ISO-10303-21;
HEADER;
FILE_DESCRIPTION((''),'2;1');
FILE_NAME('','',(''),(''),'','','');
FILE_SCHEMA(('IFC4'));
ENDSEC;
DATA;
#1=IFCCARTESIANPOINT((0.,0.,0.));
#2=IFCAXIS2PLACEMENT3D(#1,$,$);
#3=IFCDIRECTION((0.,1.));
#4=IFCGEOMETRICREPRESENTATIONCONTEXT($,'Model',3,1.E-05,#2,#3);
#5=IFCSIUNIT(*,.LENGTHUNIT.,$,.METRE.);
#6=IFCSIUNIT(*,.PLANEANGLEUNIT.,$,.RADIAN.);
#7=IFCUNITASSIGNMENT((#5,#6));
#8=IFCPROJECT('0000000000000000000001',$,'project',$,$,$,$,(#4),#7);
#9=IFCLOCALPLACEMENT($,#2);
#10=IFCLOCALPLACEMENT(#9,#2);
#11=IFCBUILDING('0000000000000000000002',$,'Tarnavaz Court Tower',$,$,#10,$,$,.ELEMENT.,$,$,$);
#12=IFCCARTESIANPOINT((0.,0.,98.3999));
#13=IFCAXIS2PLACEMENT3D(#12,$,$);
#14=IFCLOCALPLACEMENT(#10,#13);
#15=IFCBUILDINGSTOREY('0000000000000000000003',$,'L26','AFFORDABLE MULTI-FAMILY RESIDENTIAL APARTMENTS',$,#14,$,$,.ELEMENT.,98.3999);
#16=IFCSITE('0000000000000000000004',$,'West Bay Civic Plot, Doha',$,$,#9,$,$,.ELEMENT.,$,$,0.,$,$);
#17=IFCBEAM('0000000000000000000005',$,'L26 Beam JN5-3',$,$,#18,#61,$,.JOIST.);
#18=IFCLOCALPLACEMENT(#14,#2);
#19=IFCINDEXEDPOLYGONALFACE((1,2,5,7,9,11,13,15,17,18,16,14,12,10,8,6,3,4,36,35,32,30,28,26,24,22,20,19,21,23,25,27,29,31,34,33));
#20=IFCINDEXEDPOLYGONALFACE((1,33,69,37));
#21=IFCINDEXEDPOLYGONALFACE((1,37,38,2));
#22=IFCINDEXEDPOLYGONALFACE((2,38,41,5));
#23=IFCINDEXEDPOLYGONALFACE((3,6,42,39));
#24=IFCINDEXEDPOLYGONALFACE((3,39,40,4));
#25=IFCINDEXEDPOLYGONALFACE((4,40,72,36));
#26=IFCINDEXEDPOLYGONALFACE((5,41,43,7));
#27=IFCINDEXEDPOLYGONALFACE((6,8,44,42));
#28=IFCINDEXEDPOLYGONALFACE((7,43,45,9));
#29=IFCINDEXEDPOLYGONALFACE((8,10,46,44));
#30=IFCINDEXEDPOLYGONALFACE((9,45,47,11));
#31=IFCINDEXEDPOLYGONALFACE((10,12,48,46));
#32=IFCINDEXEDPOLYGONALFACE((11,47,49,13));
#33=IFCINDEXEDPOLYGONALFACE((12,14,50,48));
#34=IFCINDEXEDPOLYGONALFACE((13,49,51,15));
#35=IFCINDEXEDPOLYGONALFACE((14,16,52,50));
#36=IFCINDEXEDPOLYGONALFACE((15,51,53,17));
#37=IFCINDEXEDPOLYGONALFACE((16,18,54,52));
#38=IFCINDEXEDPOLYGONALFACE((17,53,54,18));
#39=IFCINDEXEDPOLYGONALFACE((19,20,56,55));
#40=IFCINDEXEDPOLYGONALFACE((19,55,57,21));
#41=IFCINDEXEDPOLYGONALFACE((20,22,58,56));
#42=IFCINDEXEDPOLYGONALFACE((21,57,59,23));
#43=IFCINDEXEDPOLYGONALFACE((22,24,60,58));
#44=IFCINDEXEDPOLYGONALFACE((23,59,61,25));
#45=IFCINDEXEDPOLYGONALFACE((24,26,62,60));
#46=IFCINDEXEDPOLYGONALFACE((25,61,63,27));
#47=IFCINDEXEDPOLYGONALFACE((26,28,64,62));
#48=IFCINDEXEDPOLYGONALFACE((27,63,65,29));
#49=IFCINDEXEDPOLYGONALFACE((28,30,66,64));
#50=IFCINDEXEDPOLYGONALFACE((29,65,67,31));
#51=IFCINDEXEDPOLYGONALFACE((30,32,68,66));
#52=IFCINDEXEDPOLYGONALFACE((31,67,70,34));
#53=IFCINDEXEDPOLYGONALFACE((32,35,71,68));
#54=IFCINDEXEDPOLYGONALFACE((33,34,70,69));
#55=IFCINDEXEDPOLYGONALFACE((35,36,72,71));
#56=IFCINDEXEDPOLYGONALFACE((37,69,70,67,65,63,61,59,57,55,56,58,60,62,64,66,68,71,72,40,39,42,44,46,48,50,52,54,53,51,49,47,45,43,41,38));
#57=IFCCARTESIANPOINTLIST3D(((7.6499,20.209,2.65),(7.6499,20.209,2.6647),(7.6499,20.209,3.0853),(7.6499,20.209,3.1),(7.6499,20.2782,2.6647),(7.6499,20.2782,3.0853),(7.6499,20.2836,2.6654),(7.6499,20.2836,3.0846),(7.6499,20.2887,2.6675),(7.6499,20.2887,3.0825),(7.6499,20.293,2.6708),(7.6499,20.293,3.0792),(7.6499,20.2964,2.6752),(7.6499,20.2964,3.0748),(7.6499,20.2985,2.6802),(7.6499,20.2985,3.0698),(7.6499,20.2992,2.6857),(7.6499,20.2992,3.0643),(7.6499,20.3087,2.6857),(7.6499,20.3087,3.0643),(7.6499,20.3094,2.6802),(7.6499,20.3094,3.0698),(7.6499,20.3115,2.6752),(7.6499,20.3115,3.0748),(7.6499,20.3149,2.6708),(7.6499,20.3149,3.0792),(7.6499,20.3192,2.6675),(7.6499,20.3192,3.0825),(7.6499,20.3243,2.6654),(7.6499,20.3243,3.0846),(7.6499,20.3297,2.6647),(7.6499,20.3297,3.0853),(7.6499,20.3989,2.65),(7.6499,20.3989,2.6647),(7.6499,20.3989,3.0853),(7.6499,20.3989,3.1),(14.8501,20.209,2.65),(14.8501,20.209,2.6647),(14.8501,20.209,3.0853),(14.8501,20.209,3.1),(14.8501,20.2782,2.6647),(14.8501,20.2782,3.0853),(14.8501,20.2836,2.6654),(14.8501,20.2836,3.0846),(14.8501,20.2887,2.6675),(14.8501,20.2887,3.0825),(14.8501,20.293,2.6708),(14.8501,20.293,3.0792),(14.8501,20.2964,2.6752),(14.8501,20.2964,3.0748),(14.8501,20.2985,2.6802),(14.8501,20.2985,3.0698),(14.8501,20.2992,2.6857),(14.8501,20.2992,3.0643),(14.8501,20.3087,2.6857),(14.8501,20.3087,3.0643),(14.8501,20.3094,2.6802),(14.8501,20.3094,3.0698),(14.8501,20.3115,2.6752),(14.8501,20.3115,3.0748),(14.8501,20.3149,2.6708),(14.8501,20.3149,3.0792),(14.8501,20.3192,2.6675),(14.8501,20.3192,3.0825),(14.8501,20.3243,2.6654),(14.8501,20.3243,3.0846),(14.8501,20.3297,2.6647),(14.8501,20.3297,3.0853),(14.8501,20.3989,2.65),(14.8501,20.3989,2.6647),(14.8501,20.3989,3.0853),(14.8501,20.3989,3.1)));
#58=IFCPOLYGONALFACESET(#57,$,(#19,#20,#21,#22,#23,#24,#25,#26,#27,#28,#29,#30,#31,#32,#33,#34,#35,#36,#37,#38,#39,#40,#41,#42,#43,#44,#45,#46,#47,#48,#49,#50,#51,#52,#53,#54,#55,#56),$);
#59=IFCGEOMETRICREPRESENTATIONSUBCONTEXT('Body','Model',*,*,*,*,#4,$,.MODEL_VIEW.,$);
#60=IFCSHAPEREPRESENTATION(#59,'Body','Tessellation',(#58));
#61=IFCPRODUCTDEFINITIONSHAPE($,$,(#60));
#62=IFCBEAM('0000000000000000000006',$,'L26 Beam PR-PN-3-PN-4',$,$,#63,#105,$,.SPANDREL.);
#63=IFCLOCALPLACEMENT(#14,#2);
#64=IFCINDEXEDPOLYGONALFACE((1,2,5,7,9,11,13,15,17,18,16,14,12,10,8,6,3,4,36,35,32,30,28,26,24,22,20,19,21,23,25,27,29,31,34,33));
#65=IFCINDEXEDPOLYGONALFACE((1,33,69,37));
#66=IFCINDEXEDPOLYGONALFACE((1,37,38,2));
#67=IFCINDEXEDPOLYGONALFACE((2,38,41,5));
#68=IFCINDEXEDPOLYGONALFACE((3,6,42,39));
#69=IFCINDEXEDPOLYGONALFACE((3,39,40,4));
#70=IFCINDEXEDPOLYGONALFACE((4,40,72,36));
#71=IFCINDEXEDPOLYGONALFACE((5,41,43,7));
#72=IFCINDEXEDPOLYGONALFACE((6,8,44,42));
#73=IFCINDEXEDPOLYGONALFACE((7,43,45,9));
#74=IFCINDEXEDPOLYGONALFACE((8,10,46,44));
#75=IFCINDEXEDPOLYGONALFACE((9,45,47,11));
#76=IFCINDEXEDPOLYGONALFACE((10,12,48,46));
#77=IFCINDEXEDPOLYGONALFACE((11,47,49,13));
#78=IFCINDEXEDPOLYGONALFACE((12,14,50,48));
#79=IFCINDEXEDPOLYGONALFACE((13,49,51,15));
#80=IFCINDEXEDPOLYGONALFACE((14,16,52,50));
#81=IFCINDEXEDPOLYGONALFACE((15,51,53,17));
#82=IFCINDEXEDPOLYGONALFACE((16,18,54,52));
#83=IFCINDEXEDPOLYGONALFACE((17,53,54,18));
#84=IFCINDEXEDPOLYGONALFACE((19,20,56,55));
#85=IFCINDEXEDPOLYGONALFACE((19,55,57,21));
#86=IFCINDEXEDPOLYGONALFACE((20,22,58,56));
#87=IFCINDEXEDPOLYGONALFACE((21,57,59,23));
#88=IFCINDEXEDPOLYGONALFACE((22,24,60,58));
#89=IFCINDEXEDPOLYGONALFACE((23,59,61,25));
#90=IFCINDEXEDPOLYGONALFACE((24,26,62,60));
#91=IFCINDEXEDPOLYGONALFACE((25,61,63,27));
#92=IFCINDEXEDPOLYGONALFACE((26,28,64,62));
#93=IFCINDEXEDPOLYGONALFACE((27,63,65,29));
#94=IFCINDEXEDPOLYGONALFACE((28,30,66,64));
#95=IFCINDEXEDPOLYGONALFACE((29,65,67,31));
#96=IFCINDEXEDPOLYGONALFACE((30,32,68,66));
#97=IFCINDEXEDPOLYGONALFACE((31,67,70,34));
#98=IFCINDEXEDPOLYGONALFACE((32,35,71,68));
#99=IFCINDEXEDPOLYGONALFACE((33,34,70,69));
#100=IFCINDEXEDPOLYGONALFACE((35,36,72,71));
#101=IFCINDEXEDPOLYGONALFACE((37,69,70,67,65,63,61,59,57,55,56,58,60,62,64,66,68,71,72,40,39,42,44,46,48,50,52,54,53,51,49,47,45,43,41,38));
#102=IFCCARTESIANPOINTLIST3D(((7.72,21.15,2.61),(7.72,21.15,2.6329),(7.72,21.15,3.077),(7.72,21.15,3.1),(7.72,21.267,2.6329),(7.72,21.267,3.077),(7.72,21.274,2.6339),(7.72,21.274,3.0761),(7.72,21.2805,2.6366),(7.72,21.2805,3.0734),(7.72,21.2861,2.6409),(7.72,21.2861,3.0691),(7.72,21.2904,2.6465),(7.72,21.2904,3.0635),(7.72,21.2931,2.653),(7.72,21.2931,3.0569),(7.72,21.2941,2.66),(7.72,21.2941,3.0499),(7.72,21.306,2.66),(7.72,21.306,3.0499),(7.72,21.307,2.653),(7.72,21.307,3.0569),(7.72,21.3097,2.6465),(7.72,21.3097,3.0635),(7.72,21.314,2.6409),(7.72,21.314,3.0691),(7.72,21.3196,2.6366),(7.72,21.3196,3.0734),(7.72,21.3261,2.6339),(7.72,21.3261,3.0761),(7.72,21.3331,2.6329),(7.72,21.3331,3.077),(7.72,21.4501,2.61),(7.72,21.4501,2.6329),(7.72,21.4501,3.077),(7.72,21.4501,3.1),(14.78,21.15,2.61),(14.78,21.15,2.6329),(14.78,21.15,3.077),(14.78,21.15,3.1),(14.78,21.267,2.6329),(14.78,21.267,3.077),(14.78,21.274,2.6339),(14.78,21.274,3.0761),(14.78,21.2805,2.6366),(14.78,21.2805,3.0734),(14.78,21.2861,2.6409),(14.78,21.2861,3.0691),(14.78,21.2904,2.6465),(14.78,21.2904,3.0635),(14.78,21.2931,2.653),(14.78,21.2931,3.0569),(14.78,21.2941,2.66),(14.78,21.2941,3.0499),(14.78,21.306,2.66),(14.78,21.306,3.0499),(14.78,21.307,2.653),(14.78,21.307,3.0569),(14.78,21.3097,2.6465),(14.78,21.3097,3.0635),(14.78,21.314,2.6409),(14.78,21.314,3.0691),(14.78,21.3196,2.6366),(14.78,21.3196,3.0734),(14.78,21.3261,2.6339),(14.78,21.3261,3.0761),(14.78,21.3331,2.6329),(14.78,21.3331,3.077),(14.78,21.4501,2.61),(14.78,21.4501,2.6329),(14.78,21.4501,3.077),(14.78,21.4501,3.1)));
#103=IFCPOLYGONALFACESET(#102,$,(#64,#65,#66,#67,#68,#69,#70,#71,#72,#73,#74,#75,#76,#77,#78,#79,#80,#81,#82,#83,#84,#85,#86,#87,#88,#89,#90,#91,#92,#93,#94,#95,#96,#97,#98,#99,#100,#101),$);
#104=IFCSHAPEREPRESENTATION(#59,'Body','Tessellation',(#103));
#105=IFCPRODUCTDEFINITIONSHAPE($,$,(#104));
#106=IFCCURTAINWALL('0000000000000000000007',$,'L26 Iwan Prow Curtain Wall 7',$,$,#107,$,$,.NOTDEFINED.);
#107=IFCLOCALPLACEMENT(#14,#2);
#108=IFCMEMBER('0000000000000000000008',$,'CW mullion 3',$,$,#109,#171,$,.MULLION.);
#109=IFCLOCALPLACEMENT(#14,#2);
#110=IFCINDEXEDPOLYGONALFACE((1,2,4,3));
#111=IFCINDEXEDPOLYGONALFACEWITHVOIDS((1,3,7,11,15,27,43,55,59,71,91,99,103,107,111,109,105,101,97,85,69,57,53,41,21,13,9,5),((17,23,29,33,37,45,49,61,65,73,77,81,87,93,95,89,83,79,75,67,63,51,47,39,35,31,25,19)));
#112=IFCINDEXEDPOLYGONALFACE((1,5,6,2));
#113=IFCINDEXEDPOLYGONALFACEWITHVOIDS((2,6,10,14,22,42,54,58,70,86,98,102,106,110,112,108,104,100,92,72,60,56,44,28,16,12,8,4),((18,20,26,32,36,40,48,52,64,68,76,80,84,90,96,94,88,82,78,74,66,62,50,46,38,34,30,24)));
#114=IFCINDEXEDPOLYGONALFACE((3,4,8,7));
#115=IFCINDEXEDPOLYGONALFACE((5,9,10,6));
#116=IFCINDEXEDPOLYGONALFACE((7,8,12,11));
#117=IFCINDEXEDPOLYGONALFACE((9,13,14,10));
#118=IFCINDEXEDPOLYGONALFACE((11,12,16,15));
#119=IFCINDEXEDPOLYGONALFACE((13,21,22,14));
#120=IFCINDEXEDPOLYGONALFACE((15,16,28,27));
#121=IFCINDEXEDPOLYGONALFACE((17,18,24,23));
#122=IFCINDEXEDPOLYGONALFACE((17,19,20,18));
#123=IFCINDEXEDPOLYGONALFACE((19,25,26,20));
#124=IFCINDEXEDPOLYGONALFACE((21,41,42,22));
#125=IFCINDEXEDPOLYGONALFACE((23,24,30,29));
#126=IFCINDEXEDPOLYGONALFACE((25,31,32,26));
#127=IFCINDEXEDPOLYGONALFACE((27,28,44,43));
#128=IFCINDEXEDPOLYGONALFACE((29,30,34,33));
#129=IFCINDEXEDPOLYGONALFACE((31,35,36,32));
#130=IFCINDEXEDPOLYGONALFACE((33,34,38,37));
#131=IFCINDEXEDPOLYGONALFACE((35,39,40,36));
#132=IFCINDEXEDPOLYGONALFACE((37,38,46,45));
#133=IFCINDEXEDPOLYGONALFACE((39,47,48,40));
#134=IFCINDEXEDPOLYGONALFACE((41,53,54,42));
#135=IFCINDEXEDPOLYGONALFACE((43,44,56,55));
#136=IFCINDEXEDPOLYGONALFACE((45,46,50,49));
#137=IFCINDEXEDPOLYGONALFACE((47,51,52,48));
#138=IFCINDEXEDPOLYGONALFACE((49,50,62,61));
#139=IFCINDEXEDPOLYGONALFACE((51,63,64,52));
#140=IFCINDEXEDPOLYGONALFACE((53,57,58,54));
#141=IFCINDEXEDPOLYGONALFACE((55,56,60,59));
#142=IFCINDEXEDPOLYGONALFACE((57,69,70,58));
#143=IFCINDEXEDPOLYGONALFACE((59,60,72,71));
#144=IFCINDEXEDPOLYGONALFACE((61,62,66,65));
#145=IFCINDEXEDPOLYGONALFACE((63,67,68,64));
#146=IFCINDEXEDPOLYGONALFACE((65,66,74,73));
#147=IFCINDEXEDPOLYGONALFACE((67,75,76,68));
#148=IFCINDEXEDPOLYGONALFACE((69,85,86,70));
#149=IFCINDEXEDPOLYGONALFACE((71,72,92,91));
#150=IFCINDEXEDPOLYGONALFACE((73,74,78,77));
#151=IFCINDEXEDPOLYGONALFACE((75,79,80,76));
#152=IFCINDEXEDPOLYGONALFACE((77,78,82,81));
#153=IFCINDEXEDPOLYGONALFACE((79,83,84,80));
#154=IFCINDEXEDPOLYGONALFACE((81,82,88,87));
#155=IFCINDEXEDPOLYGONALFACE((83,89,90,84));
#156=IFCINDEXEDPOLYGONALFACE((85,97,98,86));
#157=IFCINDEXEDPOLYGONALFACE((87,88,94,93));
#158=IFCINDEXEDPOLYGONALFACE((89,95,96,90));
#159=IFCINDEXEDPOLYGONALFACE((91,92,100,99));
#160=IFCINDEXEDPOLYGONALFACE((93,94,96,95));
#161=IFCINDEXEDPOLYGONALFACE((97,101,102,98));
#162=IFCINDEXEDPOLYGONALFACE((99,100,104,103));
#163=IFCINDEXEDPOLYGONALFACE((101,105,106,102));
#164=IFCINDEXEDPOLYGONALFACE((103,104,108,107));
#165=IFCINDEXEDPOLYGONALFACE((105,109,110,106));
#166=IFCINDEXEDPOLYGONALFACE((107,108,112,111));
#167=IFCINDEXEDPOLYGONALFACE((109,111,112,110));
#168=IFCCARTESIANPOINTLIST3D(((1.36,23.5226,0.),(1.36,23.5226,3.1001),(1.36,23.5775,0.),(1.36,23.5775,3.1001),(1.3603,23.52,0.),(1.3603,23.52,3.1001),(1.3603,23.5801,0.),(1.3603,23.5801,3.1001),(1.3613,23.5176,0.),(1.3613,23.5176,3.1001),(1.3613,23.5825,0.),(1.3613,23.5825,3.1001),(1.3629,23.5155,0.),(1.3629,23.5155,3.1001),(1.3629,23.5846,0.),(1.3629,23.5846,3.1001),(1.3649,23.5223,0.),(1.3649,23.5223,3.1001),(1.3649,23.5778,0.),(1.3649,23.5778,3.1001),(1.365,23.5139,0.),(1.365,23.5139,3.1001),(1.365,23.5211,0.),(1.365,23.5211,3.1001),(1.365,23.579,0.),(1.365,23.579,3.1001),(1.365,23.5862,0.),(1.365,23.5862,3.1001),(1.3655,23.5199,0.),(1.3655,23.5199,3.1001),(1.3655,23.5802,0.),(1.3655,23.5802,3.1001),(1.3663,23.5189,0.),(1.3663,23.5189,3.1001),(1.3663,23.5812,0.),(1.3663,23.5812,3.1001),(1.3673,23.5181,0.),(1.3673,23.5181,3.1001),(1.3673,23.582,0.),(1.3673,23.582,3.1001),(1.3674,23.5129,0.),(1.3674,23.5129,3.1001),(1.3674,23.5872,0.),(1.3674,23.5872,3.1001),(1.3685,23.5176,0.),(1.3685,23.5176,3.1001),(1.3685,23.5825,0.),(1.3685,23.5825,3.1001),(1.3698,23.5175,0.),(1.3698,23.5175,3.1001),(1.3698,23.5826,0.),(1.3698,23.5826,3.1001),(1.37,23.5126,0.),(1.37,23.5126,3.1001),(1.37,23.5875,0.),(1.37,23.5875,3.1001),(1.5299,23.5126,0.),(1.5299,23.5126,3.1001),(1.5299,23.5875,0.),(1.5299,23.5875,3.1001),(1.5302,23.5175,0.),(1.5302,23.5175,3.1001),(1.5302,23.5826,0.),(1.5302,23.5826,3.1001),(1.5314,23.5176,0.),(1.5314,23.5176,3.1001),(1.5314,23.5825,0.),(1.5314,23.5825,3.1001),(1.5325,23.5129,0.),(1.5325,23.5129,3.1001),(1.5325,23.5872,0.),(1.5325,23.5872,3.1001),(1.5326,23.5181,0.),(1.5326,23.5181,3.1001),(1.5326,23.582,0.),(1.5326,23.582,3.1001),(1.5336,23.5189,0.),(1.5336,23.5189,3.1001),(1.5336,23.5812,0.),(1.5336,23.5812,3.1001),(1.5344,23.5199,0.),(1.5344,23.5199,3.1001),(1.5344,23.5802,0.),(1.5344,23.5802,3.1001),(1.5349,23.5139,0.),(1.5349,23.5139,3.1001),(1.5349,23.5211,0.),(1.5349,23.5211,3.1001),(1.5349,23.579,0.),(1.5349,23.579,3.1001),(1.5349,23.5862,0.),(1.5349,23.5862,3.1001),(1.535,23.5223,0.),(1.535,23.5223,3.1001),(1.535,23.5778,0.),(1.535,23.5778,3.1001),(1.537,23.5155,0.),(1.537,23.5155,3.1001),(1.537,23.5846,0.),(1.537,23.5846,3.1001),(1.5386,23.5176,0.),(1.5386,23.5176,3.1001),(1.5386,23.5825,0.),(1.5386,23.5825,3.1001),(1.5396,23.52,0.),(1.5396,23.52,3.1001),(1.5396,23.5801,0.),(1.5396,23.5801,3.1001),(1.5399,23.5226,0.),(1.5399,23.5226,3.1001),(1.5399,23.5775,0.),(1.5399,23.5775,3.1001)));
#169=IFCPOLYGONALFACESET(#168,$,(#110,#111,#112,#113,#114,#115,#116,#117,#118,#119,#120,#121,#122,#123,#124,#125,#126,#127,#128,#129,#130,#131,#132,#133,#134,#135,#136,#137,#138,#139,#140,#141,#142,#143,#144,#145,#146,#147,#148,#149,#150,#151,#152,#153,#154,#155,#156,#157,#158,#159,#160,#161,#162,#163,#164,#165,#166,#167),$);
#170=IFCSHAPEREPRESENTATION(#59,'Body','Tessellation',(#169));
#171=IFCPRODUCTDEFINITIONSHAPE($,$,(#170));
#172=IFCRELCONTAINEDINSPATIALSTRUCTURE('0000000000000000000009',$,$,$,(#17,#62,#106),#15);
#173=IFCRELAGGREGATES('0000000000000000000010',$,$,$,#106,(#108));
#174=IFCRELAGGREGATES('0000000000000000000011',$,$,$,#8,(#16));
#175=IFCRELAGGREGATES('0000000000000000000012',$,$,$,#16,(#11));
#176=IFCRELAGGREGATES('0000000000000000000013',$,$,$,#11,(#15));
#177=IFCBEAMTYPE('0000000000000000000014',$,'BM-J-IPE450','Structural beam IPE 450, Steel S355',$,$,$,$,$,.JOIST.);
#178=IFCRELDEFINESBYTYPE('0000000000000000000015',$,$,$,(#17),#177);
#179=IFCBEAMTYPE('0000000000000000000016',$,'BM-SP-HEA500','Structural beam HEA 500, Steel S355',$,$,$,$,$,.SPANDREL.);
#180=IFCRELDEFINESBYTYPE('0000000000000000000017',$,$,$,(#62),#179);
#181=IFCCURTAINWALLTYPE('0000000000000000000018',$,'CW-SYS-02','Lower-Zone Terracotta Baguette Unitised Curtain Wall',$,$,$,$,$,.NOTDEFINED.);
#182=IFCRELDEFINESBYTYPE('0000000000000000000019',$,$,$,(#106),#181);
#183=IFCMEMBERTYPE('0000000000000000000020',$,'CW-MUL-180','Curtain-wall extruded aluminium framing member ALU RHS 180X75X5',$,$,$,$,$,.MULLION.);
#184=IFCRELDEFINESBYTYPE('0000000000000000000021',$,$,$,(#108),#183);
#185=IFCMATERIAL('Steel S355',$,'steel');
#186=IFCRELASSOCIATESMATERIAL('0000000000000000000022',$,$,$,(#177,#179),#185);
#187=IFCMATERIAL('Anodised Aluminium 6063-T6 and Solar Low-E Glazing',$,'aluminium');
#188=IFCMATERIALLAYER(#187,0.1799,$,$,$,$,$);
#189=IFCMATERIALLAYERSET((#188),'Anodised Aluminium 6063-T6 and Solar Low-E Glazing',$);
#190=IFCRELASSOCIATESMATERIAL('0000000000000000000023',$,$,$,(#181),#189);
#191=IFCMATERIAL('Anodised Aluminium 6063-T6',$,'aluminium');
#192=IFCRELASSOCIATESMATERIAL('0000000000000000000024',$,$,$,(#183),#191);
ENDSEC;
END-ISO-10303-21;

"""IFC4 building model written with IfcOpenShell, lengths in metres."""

from ifc_helpers import new_model, si_unit, direction, frame, origin, origin_2d, place, context, subcontext, project, spatial, hollow_rectangle, i_section, extrude, material, layer, layer_set, material_profile, profile_set, type_object, element, aggregate, save


model = new_model("IFC4")

# Units and contexts
model_context = context("Model", 3, precision=1e-05, world=origin(), true_north=direction((0.0, 1.0)))
body_context = subcontext(model_context, "Body", "Model", "MODEL_VIEW")
ifc_project = project(units=[si_unit("LENGTHUNIT", "METRE"), si_unit("PLANEANGLEUNIT", "RADIAN")], contexts=[model_context])

# Site, building, storey
site_placement = place(None, origin())
site = spatial("IfcSite", under=ifc_project, at=site_placement, Name="West Bay Civic Plot, Doha", CompositionType="ELEMENT", RefElevation=0.0)
building_placement = place(site_placement, origin())
building = spatial("IfcBuilding", under=site, at=building_placement, Name="Tarnavaz Court Tower", CompositionType="ELEMENT")
storey_placement = place(building_placement, frame((0.0, 0.0, 98.3999)))
storey = spatial("IfcBuildingStorey", under=building, at=storey_placement, Name="L26", Description="AFFORDABLE MULTI-FAMILY RESIDENTIAL APARTMENTS", CompositionType="ELEMENT", Elevation=98.3999)

# Beams
ifc_material_1 = material(Name="Steel S355", Category="steel")
ifc_material_profile_1 = material_profile(ifc_material_1, i_section(OverallWidth=0.1899, OverallDepth=0.45, WebThickness=0.0095, FlangeThickness=0.0146, FilletRadius=0.021, at=origin_2d()), Name="IPE 450")
ifc_profile_set_1 = profile_set([ifc_material_profile_1], Name="Steel S355")
beam_type_1 = type_object("IfcBeamType", Name="BM-J-IPE450", Description="Structural beam IPE 450, Steel S355", PredefinedType="JOIST", material=ifc_profile_set_1)
for number, where, z_axis, x_axis, name in (
    (1, (7.6499, 20.304, 2.875), (1.0, 0.0, 0.0), (0.0, 1.0, 0.0), "L26 Beam JN5-3"),
):
    element("IfcBeam", number, at=place(storey_placement, frame(where, z_axis=z_axis, x_axis=x_axis)), inside=storey, type_object=beam_type_1, Name=name, PredefinedType="JOIST", context=body_context, shape_type="SweptSolid", body=[
        extrude(i_section(OverallWidth=0.1899, OverallDepth=0.45, WebThickness=0.0095, FlangeThickness=0.0146, FilletRadius=0.021, at=origin_2d()), origin(), (0.0, 0.0, 1.0), 7.2002),
    ])
ifc_material_profile_2 = material_profile(ifc_material_1, i_section(OverallWidth=0.3, OverallDepth=0.49, WebThickness=0.012, FlangeThickness=0.0229, FilletRadius=0.0271, at=origin_2d()), Name="HEA 500")
ifc_profile_set_2 = profile_set([ifc_material_profile_2], Name="Steel S355")
beam_type_2 = type_object("IfcBeamType", Name="BM-SP-HEA500", Description="Structural beam HEA 500, Steel S355", PredefinedType="SPANDREL", material=ifc_profile_set_2)
beam_placement = place(storey_placement, frame((7.72, 21.3, 2.855), z_axis=(1.0, 0.0, 0.0), x_axis=(0.0, 1.0, 0.0)))
element("IfcBeam", 2, at=beam_placement, inside=storey, type_object=beam_type_2, Name="L26 Beam PR-PN-3-PN-4", PredefinedType="SPANDREL", context=body_context, shape_type="SweptSolid", body=[
    extrude(i_section(OverallWidth=0.3, OverallDepth=0.49, WebThickness=0.012, FlangeThickness=0.0229, FilletRadius=0.0271, at=origin_2d()), origin(), (0.0, 0.0, 1.0), 7.0601),
])

# Curtain wall, member
ifc_material_2 = material(Name="Anodised Aluminium 6063-T6 and Solar Low-E Glazing", Category="aluminium")
ifc_layer_1 = layer(ifc_material_2, 0.1799)
ifc_layer_set_1 = layer_set([ifc_layer_1], Name="Anodised Aluminium 6063-T6 and Solar Low-E Glazing")
curtain_wall_type = type_object("IfcCurtainWallType", Name="CW-SYS-02", Description="Lower-Zone Terracotta Baguette Unitised Curtain Wall", PredefinedType="NOTDEFINED", material=ifc_layer_set_1)
curtain_wall_placement = place(storey_placement, origin())
curtain_wall = element("IfcCurtainWall", 3, at=curtain_wall_placement, inside=storey, type_object=curtain_wall_type, Name="L26 Iwan Prow Curtain Wall 7", PredefinedType="NOTDEFINED")
ifc_material_3 = material(Name="Anodised Aluminium 6063-T6", Category="aluminium")
ifc_material_profile_3 = material_profile(ifc_material_3, hollow_rectangle(XDim=0.075, YDim=0.1799, WallThickness=0.0049, InnerFilletRadius=0.0049, OuterFilletRadius=0.01, at=origin_2d()), Name="ALU RHS 180X75X5")
ifc_profile_set_3 = profile_set([ifc_material_profile_3], Name="Anodised Aluminium 6063-T6")
member_type_1 = type_object("IfcMemberType", Name="CW-MUL-180", Description="Curtain-wall extruded aluminium framing member ALU RHS 180X75X5", PredefinedType="MULLION", material=ifc_profile_set_3)
member_1_placement = place(storey_placement, frame((1.45, 23.55, 0.0), z_axis=(0.0, 0.0, 1.0), x_axis=(0.0, 1.0, 0.0)))
member_1 = element("IfcMember", 4, at=member_1_placement, type_object=member_type_1, Name="CW mullion 3", PredefinedType="MULLION", context=body_context, shape_type="SweptSolid", body=[
    extrude(hollow_rectangle(XDim=0.075, YDim=0.1799, WallThickness=0.0049, InnerFilletRadius=0.0049, OuterFilletRadius=0.01, at=origin_2d()), origin(), (0.0, 0.0, 1.0), 3.1001),
])
aggregate(curtain_wall, [member_1])

save(model, "model.ifc")
